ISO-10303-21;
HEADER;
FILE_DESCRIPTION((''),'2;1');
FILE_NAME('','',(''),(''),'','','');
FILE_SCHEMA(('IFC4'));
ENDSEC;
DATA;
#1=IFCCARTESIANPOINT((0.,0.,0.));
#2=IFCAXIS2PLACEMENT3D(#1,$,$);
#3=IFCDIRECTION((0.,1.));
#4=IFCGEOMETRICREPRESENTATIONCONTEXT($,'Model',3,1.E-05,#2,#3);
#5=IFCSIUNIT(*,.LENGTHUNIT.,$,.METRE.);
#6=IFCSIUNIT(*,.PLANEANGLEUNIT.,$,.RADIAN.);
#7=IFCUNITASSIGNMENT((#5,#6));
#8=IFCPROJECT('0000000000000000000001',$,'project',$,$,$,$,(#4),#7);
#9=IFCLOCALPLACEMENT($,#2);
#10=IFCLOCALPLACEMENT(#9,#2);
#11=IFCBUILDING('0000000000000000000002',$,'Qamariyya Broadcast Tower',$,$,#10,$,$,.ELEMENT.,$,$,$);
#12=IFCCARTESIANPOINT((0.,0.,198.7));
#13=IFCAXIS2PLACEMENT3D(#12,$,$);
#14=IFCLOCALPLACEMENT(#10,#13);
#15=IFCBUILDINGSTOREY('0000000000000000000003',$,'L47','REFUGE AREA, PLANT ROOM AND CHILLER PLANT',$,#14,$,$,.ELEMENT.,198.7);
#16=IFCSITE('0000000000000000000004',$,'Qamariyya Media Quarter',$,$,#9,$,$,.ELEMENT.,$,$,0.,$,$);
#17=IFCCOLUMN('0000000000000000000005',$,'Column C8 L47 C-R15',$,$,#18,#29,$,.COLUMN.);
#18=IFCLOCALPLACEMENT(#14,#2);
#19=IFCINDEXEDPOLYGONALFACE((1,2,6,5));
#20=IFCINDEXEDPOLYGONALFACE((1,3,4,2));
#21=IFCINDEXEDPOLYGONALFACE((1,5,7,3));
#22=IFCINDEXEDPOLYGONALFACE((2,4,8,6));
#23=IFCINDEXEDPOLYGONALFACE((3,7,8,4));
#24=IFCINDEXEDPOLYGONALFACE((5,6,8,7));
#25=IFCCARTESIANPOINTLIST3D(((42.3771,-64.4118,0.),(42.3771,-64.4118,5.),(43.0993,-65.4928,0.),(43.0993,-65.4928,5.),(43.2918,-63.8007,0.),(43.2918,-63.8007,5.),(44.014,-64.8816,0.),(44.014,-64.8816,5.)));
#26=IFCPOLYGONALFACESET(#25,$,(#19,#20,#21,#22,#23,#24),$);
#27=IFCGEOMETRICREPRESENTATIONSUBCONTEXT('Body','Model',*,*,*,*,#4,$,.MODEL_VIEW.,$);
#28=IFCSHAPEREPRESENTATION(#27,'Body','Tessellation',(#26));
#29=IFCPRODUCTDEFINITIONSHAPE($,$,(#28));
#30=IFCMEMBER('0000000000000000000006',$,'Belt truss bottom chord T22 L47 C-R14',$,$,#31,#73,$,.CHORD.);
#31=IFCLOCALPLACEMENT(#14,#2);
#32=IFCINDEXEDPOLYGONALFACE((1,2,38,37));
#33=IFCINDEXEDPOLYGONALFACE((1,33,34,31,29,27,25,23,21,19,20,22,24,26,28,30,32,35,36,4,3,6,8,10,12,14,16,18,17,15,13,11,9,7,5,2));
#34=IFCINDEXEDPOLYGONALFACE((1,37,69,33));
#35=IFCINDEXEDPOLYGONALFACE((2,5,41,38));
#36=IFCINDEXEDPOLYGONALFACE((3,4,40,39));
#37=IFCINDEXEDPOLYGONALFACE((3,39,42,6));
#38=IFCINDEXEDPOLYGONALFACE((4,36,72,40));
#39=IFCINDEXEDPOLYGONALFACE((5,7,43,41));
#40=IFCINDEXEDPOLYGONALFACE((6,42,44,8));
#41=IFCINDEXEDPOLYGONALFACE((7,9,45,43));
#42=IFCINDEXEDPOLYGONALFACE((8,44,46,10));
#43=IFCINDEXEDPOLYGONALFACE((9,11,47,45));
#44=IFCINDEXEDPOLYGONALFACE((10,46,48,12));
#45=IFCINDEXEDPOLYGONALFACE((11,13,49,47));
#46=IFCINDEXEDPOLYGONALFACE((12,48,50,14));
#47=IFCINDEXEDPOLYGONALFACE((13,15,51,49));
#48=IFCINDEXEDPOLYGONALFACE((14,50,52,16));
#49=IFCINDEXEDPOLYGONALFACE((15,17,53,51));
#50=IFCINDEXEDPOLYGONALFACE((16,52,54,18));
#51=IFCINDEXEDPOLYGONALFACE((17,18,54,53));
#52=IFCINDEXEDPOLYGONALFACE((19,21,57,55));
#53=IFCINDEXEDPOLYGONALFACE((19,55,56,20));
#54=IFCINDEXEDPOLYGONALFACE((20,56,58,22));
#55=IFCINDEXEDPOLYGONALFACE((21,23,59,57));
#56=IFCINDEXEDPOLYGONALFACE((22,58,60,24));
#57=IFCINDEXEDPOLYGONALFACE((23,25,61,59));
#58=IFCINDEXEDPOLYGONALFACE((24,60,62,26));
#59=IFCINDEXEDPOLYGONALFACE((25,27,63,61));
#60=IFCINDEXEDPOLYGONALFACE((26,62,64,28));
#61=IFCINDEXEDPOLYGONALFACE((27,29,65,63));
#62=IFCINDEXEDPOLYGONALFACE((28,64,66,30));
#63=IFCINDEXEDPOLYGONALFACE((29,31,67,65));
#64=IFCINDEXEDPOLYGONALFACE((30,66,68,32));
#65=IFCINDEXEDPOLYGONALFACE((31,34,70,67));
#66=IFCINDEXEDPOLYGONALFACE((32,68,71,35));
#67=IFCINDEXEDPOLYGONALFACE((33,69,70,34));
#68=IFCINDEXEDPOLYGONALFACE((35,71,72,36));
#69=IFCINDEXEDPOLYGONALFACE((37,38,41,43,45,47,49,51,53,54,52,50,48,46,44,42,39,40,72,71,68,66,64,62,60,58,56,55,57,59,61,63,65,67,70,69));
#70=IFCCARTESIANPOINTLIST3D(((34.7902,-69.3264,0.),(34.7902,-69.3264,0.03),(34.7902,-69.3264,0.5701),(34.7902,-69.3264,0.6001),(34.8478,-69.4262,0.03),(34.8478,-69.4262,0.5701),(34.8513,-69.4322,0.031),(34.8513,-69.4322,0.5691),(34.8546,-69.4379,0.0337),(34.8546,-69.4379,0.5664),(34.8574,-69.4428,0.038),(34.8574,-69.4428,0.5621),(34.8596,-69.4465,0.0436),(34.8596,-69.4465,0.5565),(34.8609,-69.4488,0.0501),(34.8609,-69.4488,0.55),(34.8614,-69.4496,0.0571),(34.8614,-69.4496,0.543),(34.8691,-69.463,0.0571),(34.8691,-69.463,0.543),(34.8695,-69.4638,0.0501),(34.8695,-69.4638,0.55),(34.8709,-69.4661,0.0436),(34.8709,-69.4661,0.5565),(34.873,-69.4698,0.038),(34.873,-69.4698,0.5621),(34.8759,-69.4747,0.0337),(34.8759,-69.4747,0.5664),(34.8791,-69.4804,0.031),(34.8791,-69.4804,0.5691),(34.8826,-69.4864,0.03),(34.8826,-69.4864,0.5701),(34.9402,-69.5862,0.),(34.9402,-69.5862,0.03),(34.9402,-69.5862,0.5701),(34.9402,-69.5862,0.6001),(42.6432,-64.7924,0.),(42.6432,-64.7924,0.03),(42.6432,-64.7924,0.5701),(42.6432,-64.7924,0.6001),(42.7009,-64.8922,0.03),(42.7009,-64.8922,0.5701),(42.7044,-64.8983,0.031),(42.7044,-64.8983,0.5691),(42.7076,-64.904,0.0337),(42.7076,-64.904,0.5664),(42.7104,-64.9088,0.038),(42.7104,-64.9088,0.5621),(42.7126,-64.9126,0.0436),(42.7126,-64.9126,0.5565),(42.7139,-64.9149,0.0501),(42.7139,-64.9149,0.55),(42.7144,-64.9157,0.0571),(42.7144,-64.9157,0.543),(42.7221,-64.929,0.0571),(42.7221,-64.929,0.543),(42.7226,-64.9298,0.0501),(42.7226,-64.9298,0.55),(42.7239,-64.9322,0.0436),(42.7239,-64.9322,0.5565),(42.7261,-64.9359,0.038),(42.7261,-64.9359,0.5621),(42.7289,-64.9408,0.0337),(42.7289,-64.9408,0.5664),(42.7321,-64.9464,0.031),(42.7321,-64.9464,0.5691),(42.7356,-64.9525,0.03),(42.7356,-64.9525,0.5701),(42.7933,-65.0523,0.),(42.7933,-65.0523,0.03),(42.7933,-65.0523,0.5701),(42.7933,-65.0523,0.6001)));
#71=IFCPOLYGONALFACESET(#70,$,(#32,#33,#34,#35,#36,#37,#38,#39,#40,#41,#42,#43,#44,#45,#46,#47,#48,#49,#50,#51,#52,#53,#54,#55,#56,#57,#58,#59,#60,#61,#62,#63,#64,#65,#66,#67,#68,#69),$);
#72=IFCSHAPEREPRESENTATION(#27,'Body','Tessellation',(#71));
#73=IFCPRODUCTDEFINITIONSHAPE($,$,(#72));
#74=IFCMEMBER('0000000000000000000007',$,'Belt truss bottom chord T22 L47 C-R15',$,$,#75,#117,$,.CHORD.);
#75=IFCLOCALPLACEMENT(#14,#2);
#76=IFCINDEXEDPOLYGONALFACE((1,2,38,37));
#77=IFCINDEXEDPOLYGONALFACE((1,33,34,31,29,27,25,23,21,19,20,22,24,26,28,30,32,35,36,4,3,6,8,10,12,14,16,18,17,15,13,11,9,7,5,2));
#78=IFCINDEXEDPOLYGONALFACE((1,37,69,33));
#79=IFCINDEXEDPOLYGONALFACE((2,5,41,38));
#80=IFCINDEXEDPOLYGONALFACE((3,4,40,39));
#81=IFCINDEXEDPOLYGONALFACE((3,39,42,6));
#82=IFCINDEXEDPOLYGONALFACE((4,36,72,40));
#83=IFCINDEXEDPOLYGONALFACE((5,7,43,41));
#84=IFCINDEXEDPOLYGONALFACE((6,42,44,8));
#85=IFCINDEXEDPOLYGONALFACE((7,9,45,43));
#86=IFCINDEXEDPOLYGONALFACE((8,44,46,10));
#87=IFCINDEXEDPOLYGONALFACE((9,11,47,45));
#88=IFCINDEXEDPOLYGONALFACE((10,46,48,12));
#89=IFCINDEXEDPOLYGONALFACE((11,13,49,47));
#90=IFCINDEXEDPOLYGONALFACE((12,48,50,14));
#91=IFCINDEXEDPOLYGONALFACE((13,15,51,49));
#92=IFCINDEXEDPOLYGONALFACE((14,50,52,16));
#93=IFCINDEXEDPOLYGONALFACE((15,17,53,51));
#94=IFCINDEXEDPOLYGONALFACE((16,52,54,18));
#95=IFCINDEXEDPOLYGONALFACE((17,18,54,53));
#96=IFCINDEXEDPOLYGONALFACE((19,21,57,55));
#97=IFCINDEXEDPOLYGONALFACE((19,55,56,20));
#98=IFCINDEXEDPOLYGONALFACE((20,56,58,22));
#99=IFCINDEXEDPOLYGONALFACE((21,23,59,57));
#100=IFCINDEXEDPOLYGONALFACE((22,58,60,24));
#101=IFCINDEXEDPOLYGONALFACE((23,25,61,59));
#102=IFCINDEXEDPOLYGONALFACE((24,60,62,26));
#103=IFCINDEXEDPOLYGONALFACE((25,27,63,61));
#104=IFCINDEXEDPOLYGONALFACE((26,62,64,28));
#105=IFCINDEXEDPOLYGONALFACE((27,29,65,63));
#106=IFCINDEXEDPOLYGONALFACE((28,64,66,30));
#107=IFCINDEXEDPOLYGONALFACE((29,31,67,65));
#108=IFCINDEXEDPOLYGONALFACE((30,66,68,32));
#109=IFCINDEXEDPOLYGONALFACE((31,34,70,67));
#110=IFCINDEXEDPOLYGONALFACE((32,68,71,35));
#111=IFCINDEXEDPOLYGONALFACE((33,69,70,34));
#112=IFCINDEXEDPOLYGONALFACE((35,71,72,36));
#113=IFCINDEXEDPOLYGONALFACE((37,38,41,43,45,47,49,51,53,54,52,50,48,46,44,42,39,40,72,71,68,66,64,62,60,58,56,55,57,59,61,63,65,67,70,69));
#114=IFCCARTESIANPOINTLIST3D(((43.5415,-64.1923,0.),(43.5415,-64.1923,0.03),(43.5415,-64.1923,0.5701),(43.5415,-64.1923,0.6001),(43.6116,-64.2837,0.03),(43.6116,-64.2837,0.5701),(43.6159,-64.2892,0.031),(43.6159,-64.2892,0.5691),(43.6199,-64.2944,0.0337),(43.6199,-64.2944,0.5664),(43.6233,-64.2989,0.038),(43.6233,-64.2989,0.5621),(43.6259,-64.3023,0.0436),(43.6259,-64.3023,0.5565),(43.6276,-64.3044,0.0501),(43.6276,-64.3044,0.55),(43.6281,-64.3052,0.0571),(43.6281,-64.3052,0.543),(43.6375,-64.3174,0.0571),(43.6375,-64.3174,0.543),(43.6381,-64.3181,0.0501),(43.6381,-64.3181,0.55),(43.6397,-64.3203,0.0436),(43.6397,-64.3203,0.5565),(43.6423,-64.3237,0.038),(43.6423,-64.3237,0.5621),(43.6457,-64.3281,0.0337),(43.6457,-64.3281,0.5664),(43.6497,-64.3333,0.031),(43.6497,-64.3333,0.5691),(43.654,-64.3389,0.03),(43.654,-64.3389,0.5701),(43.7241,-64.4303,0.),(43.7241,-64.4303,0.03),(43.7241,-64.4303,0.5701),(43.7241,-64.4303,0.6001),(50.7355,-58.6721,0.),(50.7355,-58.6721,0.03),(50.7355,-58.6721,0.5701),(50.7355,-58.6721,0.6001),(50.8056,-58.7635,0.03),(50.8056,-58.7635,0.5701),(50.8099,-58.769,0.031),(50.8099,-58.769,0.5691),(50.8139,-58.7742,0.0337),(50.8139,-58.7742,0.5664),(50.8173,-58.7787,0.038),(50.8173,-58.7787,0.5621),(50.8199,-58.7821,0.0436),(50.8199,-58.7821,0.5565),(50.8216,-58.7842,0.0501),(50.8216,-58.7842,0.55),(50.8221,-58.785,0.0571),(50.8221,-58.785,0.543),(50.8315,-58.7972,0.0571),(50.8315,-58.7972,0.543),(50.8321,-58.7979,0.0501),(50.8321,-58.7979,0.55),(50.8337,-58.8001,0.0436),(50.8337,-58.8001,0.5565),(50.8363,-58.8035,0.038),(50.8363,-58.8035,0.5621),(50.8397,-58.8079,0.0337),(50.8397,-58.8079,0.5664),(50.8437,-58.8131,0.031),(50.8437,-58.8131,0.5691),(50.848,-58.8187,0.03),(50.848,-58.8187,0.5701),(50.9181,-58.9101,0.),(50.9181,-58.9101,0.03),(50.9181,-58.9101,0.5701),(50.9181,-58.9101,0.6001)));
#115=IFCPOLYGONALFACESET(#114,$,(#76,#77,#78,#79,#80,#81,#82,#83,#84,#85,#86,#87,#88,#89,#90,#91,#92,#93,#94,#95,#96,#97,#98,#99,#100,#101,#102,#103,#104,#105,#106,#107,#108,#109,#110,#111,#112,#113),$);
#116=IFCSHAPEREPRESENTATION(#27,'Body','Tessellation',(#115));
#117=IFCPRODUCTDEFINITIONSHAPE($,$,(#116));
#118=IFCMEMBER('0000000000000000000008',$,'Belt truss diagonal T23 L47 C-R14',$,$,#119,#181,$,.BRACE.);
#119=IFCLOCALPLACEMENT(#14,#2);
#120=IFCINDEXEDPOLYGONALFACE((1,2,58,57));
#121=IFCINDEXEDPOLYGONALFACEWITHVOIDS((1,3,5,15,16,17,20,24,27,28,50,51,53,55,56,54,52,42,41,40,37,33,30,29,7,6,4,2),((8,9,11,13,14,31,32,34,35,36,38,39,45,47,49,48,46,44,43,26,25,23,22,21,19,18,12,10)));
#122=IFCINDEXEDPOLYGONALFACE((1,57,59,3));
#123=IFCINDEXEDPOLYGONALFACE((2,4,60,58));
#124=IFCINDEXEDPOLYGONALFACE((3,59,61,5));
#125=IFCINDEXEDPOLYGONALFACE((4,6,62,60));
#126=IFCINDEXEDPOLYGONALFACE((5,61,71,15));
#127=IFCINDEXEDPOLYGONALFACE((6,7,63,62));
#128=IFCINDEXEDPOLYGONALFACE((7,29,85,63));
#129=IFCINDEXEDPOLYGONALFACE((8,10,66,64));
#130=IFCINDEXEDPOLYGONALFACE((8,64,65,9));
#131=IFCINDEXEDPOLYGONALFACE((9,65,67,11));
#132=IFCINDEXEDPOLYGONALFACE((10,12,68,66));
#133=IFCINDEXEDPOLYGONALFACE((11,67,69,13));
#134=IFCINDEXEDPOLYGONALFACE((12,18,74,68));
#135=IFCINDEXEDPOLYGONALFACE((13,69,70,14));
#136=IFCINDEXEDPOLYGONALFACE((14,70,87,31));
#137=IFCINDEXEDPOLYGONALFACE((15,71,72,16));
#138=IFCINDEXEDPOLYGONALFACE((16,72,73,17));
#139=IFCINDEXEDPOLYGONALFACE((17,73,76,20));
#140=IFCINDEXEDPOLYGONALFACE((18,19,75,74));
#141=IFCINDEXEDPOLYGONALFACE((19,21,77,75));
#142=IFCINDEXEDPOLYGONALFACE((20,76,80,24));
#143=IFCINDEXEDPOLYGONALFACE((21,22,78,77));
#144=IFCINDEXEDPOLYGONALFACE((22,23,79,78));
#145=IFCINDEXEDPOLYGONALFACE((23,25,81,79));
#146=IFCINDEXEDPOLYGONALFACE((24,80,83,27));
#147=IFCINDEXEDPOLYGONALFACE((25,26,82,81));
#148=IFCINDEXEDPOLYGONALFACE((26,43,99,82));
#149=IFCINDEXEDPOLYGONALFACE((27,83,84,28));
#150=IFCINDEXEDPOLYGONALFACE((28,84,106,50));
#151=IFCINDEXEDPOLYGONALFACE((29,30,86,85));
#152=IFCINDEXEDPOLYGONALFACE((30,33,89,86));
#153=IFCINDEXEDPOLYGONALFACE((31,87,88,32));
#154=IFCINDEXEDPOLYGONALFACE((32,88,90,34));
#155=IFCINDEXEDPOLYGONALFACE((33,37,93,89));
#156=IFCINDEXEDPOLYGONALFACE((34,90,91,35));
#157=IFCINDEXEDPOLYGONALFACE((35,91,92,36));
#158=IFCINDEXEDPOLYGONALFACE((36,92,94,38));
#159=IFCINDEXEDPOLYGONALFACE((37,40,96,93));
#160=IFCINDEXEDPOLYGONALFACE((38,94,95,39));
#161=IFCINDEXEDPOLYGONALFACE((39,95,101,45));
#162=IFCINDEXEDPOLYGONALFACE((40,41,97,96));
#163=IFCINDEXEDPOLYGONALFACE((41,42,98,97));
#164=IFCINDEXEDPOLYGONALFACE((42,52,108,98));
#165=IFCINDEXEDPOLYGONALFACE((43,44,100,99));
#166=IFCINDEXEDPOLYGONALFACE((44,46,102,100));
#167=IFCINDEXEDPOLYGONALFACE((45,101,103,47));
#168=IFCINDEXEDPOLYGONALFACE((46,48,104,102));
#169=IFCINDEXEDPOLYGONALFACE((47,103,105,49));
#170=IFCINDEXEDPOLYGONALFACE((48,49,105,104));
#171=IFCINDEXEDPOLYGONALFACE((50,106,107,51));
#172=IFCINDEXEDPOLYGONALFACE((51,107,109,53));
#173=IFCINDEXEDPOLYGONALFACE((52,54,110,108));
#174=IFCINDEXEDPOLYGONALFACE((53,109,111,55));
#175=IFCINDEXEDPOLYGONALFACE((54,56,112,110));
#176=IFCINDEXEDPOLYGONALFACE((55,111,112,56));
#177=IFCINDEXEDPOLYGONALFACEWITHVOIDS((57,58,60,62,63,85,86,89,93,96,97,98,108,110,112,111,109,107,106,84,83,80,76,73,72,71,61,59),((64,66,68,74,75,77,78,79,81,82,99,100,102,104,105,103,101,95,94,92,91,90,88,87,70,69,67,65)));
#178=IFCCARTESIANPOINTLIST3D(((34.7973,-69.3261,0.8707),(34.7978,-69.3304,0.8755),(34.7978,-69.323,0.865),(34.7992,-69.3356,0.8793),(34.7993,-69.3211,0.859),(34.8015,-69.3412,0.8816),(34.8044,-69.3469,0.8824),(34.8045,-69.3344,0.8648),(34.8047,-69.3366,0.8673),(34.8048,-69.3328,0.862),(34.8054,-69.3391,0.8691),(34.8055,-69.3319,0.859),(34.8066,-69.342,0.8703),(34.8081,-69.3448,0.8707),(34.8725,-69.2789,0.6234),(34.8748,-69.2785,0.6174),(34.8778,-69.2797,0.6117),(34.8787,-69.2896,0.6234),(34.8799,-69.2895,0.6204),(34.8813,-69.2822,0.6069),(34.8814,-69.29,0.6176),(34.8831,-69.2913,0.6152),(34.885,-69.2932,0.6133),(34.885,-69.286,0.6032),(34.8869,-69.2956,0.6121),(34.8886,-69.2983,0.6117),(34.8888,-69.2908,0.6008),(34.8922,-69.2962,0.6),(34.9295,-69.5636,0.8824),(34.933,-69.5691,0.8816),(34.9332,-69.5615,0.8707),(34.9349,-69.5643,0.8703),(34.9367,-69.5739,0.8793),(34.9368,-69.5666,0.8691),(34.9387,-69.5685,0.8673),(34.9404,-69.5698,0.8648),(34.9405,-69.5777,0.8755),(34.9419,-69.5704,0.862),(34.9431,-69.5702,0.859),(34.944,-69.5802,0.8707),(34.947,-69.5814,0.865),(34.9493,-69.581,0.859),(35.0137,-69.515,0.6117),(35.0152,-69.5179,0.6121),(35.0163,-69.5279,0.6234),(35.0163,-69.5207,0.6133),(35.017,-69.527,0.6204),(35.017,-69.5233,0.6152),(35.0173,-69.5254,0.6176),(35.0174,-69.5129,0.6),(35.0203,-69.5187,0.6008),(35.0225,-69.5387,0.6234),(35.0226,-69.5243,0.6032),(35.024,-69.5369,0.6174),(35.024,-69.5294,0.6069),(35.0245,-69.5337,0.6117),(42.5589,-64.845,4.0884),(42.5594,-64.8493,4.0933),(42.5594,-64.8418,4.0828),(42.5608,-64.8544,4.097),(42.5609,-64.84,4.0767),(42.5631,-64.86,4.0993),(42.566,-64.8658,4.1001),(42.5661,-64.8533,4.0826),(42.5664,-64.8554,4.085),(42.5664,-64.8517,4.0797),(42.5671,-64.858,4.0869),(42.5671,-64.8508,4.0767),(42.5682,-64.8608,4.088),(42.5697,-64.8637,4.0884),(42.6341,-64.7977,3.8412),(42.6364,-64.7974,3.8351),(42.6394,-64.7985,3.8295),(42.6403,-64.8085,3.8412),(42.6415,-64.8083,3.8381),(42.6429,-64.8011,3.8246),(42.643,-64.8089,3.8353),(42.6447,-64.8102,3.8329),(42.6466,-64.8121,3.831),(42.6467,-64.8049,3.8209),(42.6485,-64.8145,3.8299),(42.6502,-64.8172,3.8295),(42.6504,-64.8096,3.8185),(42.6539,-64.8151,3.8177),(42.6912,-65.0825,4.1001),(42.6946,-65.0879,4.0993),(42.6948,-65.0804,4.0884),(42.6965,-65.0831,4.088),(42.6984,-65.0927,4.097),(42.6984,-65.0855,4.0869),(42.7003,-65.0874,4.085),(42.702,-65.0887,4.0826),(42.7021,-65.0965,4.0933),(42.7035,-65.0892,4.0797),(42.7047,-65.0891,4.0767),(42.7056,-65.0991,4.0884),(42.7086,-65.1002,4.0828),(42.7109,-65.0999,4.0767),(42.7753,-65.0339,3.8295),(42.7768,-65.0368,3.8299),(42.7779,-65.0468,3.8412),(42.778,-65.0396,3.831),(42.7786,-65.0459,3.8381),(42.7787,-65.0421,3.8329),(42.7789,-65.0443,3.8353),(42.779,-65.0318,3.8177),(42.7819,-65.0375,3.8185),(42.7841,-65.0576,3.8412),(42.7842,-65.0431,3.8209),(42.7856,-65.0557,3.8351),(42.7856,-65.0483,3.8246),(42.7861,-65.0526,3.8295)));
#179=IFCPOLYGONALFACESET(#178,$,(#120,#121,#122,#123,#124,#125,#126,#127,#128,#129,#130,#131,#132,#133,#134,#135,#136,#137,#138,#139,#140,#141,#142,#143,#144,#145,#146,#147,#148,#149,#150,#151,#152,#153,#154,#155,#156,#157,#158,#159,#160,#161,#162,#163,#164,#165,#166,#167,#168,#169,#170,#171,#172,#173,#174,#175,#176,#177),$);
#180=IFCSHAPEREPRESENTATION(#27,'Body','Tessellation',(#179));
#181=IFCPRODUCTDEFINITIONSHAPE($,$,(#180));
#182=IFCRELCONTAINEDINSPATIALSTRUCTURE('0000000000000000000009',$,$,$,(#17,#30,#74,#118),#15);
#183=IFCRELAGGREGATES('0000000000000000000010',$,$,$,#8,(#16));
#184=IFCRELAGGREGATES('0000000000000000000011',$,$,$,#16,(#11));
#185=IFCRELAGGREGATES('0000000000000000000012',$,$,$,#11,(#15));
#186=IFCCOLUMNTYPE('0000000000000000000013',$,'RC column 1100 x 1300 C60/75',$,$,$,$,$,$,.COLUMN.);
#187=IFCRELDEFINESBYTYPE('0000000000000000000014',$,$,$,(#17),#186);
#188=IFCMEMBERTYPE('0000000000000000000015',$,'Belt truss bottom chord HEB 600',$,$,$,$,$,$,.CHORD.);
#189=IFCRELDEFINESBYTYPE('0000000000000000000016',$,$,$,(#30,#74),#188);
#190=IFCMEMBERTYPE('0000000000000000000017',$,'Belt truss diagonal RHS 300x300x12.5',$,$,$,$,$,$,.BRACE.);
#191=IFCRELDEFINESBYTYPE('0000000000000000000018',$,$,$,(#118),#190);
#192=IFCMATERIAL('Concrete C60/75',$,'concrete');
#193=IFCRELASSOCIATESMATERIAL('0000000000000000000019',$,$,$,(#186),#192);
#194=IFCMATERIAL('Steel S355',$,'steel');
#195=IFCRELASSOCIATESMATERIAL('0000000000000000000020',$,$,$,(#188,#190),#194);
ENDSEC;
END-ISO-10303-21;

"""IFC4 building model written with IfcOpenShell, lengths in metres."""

from ifc_helpers import new_model, si_unit, direction, frame, origin, origin_2d, place, context, subcontext, project, spatial, rectangle, hollow_rectangle, i_section, extrude, material, material_profile, profile_set, type_object, element, save


model = new_model("IFC4")

# Units and contexts
model_context = context("Model", 3, precision=1e-05, world=origin(), true_north=direction((0.0, 1.0)))
body_context = subcontext(model_context, "Body", "Model", "MODEL_VIEW")
ifc_project = project(units=[si_unit("LENGTHUNIT", "METRE"), si_unit("PLANEANGLEUNIT", "RADIAN")], contexts=[model_context])

# Site, building, storey
site_placement = place(None, origin())
site = spatial("IfcSite", under=ifc_project, at=site_placement, Name="Qamariyya Media Quarter", CompositionType="ELEMENT", RefElevation=0.0)
building_placement = place(site_placement, origin())
building = spatial("IfcBuilding", under=site, at=building_placement, Name="Qamariyya Broadcast Tower", CompositionType="ELEMENT")
storey_placement = place(building_placement, frame((0.0, 0.0, 198.7)))
storey = spatial("IfcBuildingStorey", under=building, at=storey_placement, Name="L47", Description="REFUGE AREA, PLANT ROOM AND CHILLER PLANT", CompositionType="ELEMENT", Elevation=198.7)

# Column
ifc_material_1 = material(Name="Concrete C60/75", Category="concrete")
ifc_material_profile_1 = material_profile(ifc_material_1, rectangle(XDim=1.1001, YDim=1.3, at=origin_2d()))
ifc_profile_set_1 = profile_set([ifc_material_profile_1], Name="Concrete C60/75")
column_type = type_object("IfcColumnType", Name="RC column 1100 x 1300 C60/75", PredefinedType="COLUMN", material=ifc_profile_set_1)
column_placement = place(storey_placement, frame((43.1956, -64.6467, 0.0), z_axis=(0.0, 0.0, 1.0), x_axis=(0.83147, 0.55557, 0.0)))
element("IfcColumn", 1, at=column_placement, inside=storey, type_object=column_type, Name="Column C8 L47 C-R15", PredefinedType="COLUMN", context=body_context, shape_type="SweptSolid", body=[
    extrude(rectangle(XDim=1.1001, YDim=1.3, at=origin_2d()), origin(), (0.0, 0.0, 1.0), 5.0),
])

# Members
ifc_material_2 = material(Name="Steel S355", Category="steel")
ifc_material_profile_2 = material_profile(ifc_material_2, i_section(OverallWidth=0.3, OverallDepth=0.6001, WebThickness=0.0154, FlangeThickness=0.03, FilletRadius=0.0271, at=origin_2d()))
ifc_profile_set_2 = profile_set([ifc_material_profile_2], Name="Steel S355")
member_type_1 = type_object("IfcMemberType", Name="Belt truss bottom chord HEB 600", PredefinedType="CHORD", material=ifc_profile_set_2)
for number, where, z_axis, x_axis, name in (
    (2, (34.8652, -69.4563, 0.3), (0.866026, 0.499999, 0.0), (-0.499999, 0.866026, 0.0), "Belt truss bottom chord T22 L47 C-R14"),
    (3, (43.6328, -64.3113, 0.3), (0.793351, 0.608764, 0.0), (-0.608764, 0.793351, 0.0), "Belt truss bottom chord T22 L47 C-R15"),
):
    element("IfcMember", number, at=place(storey_placement, frame(where, z_axis=z_axis, x_axis=x_axis)), inside=storey, type_object=member_type_1, Name=name, PredefinedType="CHORD", context=body_context, shape_type="SweptSolid", body=[
        extrude(i_section(OverallWidth=0.3, OverallDepth=0.6001, WebThickness=0.0154, FlangeThickness=0.03, FilletRadius=0.0271, at=origin_2d()), origin(), (0.0, 0.0, 1.0), 9.0679),
    ])
ifc_material_profile_3 = material_profile(ifc_material_2, hollow_rectangle(XDim=0.3, YDim=0.3, WallThickness=0.0125, InnerFilletRadius=0.0125, OuterFilletRadius=0.0249, at=origin_2d()))
ifc_profile_set_3 = profile_set([ifc_material_profile_3], Name="Steel S355")
member_type_2 = type_object("IfcMemberType", Name="Belt truss diagonal RHS 300x300x12.5", PredefinedType="BRACE", material=ifc_profile_set_3)
member_1_placement = place(storey_placement, frame((34.9109, -69.4299, 0.7412), z_axis=(0.815086, 0.470587, 0.33791), x_axis=(-0.499998, 0.866027, 0.0)))
element("IfcMember", 4, at=member_1_placement, inside=storey, type_object=member_type_2, Name="Belt truss diagonal T23 L47 C-R14", PredefinedType="BRACE", context=body_context, shape_type="SweptSolid", body=[
    extrude(hollow_rectangle(XDim=0.3, YDim=0.3, WallThickness=0.0125, InnerFilletRadius=0.0125, OuterFilletRadius=0.0249, at=origin_2d()), origin(), (0.0, 0.0, 1.0), 9.5225),
])

save(model, "model.ifc")
